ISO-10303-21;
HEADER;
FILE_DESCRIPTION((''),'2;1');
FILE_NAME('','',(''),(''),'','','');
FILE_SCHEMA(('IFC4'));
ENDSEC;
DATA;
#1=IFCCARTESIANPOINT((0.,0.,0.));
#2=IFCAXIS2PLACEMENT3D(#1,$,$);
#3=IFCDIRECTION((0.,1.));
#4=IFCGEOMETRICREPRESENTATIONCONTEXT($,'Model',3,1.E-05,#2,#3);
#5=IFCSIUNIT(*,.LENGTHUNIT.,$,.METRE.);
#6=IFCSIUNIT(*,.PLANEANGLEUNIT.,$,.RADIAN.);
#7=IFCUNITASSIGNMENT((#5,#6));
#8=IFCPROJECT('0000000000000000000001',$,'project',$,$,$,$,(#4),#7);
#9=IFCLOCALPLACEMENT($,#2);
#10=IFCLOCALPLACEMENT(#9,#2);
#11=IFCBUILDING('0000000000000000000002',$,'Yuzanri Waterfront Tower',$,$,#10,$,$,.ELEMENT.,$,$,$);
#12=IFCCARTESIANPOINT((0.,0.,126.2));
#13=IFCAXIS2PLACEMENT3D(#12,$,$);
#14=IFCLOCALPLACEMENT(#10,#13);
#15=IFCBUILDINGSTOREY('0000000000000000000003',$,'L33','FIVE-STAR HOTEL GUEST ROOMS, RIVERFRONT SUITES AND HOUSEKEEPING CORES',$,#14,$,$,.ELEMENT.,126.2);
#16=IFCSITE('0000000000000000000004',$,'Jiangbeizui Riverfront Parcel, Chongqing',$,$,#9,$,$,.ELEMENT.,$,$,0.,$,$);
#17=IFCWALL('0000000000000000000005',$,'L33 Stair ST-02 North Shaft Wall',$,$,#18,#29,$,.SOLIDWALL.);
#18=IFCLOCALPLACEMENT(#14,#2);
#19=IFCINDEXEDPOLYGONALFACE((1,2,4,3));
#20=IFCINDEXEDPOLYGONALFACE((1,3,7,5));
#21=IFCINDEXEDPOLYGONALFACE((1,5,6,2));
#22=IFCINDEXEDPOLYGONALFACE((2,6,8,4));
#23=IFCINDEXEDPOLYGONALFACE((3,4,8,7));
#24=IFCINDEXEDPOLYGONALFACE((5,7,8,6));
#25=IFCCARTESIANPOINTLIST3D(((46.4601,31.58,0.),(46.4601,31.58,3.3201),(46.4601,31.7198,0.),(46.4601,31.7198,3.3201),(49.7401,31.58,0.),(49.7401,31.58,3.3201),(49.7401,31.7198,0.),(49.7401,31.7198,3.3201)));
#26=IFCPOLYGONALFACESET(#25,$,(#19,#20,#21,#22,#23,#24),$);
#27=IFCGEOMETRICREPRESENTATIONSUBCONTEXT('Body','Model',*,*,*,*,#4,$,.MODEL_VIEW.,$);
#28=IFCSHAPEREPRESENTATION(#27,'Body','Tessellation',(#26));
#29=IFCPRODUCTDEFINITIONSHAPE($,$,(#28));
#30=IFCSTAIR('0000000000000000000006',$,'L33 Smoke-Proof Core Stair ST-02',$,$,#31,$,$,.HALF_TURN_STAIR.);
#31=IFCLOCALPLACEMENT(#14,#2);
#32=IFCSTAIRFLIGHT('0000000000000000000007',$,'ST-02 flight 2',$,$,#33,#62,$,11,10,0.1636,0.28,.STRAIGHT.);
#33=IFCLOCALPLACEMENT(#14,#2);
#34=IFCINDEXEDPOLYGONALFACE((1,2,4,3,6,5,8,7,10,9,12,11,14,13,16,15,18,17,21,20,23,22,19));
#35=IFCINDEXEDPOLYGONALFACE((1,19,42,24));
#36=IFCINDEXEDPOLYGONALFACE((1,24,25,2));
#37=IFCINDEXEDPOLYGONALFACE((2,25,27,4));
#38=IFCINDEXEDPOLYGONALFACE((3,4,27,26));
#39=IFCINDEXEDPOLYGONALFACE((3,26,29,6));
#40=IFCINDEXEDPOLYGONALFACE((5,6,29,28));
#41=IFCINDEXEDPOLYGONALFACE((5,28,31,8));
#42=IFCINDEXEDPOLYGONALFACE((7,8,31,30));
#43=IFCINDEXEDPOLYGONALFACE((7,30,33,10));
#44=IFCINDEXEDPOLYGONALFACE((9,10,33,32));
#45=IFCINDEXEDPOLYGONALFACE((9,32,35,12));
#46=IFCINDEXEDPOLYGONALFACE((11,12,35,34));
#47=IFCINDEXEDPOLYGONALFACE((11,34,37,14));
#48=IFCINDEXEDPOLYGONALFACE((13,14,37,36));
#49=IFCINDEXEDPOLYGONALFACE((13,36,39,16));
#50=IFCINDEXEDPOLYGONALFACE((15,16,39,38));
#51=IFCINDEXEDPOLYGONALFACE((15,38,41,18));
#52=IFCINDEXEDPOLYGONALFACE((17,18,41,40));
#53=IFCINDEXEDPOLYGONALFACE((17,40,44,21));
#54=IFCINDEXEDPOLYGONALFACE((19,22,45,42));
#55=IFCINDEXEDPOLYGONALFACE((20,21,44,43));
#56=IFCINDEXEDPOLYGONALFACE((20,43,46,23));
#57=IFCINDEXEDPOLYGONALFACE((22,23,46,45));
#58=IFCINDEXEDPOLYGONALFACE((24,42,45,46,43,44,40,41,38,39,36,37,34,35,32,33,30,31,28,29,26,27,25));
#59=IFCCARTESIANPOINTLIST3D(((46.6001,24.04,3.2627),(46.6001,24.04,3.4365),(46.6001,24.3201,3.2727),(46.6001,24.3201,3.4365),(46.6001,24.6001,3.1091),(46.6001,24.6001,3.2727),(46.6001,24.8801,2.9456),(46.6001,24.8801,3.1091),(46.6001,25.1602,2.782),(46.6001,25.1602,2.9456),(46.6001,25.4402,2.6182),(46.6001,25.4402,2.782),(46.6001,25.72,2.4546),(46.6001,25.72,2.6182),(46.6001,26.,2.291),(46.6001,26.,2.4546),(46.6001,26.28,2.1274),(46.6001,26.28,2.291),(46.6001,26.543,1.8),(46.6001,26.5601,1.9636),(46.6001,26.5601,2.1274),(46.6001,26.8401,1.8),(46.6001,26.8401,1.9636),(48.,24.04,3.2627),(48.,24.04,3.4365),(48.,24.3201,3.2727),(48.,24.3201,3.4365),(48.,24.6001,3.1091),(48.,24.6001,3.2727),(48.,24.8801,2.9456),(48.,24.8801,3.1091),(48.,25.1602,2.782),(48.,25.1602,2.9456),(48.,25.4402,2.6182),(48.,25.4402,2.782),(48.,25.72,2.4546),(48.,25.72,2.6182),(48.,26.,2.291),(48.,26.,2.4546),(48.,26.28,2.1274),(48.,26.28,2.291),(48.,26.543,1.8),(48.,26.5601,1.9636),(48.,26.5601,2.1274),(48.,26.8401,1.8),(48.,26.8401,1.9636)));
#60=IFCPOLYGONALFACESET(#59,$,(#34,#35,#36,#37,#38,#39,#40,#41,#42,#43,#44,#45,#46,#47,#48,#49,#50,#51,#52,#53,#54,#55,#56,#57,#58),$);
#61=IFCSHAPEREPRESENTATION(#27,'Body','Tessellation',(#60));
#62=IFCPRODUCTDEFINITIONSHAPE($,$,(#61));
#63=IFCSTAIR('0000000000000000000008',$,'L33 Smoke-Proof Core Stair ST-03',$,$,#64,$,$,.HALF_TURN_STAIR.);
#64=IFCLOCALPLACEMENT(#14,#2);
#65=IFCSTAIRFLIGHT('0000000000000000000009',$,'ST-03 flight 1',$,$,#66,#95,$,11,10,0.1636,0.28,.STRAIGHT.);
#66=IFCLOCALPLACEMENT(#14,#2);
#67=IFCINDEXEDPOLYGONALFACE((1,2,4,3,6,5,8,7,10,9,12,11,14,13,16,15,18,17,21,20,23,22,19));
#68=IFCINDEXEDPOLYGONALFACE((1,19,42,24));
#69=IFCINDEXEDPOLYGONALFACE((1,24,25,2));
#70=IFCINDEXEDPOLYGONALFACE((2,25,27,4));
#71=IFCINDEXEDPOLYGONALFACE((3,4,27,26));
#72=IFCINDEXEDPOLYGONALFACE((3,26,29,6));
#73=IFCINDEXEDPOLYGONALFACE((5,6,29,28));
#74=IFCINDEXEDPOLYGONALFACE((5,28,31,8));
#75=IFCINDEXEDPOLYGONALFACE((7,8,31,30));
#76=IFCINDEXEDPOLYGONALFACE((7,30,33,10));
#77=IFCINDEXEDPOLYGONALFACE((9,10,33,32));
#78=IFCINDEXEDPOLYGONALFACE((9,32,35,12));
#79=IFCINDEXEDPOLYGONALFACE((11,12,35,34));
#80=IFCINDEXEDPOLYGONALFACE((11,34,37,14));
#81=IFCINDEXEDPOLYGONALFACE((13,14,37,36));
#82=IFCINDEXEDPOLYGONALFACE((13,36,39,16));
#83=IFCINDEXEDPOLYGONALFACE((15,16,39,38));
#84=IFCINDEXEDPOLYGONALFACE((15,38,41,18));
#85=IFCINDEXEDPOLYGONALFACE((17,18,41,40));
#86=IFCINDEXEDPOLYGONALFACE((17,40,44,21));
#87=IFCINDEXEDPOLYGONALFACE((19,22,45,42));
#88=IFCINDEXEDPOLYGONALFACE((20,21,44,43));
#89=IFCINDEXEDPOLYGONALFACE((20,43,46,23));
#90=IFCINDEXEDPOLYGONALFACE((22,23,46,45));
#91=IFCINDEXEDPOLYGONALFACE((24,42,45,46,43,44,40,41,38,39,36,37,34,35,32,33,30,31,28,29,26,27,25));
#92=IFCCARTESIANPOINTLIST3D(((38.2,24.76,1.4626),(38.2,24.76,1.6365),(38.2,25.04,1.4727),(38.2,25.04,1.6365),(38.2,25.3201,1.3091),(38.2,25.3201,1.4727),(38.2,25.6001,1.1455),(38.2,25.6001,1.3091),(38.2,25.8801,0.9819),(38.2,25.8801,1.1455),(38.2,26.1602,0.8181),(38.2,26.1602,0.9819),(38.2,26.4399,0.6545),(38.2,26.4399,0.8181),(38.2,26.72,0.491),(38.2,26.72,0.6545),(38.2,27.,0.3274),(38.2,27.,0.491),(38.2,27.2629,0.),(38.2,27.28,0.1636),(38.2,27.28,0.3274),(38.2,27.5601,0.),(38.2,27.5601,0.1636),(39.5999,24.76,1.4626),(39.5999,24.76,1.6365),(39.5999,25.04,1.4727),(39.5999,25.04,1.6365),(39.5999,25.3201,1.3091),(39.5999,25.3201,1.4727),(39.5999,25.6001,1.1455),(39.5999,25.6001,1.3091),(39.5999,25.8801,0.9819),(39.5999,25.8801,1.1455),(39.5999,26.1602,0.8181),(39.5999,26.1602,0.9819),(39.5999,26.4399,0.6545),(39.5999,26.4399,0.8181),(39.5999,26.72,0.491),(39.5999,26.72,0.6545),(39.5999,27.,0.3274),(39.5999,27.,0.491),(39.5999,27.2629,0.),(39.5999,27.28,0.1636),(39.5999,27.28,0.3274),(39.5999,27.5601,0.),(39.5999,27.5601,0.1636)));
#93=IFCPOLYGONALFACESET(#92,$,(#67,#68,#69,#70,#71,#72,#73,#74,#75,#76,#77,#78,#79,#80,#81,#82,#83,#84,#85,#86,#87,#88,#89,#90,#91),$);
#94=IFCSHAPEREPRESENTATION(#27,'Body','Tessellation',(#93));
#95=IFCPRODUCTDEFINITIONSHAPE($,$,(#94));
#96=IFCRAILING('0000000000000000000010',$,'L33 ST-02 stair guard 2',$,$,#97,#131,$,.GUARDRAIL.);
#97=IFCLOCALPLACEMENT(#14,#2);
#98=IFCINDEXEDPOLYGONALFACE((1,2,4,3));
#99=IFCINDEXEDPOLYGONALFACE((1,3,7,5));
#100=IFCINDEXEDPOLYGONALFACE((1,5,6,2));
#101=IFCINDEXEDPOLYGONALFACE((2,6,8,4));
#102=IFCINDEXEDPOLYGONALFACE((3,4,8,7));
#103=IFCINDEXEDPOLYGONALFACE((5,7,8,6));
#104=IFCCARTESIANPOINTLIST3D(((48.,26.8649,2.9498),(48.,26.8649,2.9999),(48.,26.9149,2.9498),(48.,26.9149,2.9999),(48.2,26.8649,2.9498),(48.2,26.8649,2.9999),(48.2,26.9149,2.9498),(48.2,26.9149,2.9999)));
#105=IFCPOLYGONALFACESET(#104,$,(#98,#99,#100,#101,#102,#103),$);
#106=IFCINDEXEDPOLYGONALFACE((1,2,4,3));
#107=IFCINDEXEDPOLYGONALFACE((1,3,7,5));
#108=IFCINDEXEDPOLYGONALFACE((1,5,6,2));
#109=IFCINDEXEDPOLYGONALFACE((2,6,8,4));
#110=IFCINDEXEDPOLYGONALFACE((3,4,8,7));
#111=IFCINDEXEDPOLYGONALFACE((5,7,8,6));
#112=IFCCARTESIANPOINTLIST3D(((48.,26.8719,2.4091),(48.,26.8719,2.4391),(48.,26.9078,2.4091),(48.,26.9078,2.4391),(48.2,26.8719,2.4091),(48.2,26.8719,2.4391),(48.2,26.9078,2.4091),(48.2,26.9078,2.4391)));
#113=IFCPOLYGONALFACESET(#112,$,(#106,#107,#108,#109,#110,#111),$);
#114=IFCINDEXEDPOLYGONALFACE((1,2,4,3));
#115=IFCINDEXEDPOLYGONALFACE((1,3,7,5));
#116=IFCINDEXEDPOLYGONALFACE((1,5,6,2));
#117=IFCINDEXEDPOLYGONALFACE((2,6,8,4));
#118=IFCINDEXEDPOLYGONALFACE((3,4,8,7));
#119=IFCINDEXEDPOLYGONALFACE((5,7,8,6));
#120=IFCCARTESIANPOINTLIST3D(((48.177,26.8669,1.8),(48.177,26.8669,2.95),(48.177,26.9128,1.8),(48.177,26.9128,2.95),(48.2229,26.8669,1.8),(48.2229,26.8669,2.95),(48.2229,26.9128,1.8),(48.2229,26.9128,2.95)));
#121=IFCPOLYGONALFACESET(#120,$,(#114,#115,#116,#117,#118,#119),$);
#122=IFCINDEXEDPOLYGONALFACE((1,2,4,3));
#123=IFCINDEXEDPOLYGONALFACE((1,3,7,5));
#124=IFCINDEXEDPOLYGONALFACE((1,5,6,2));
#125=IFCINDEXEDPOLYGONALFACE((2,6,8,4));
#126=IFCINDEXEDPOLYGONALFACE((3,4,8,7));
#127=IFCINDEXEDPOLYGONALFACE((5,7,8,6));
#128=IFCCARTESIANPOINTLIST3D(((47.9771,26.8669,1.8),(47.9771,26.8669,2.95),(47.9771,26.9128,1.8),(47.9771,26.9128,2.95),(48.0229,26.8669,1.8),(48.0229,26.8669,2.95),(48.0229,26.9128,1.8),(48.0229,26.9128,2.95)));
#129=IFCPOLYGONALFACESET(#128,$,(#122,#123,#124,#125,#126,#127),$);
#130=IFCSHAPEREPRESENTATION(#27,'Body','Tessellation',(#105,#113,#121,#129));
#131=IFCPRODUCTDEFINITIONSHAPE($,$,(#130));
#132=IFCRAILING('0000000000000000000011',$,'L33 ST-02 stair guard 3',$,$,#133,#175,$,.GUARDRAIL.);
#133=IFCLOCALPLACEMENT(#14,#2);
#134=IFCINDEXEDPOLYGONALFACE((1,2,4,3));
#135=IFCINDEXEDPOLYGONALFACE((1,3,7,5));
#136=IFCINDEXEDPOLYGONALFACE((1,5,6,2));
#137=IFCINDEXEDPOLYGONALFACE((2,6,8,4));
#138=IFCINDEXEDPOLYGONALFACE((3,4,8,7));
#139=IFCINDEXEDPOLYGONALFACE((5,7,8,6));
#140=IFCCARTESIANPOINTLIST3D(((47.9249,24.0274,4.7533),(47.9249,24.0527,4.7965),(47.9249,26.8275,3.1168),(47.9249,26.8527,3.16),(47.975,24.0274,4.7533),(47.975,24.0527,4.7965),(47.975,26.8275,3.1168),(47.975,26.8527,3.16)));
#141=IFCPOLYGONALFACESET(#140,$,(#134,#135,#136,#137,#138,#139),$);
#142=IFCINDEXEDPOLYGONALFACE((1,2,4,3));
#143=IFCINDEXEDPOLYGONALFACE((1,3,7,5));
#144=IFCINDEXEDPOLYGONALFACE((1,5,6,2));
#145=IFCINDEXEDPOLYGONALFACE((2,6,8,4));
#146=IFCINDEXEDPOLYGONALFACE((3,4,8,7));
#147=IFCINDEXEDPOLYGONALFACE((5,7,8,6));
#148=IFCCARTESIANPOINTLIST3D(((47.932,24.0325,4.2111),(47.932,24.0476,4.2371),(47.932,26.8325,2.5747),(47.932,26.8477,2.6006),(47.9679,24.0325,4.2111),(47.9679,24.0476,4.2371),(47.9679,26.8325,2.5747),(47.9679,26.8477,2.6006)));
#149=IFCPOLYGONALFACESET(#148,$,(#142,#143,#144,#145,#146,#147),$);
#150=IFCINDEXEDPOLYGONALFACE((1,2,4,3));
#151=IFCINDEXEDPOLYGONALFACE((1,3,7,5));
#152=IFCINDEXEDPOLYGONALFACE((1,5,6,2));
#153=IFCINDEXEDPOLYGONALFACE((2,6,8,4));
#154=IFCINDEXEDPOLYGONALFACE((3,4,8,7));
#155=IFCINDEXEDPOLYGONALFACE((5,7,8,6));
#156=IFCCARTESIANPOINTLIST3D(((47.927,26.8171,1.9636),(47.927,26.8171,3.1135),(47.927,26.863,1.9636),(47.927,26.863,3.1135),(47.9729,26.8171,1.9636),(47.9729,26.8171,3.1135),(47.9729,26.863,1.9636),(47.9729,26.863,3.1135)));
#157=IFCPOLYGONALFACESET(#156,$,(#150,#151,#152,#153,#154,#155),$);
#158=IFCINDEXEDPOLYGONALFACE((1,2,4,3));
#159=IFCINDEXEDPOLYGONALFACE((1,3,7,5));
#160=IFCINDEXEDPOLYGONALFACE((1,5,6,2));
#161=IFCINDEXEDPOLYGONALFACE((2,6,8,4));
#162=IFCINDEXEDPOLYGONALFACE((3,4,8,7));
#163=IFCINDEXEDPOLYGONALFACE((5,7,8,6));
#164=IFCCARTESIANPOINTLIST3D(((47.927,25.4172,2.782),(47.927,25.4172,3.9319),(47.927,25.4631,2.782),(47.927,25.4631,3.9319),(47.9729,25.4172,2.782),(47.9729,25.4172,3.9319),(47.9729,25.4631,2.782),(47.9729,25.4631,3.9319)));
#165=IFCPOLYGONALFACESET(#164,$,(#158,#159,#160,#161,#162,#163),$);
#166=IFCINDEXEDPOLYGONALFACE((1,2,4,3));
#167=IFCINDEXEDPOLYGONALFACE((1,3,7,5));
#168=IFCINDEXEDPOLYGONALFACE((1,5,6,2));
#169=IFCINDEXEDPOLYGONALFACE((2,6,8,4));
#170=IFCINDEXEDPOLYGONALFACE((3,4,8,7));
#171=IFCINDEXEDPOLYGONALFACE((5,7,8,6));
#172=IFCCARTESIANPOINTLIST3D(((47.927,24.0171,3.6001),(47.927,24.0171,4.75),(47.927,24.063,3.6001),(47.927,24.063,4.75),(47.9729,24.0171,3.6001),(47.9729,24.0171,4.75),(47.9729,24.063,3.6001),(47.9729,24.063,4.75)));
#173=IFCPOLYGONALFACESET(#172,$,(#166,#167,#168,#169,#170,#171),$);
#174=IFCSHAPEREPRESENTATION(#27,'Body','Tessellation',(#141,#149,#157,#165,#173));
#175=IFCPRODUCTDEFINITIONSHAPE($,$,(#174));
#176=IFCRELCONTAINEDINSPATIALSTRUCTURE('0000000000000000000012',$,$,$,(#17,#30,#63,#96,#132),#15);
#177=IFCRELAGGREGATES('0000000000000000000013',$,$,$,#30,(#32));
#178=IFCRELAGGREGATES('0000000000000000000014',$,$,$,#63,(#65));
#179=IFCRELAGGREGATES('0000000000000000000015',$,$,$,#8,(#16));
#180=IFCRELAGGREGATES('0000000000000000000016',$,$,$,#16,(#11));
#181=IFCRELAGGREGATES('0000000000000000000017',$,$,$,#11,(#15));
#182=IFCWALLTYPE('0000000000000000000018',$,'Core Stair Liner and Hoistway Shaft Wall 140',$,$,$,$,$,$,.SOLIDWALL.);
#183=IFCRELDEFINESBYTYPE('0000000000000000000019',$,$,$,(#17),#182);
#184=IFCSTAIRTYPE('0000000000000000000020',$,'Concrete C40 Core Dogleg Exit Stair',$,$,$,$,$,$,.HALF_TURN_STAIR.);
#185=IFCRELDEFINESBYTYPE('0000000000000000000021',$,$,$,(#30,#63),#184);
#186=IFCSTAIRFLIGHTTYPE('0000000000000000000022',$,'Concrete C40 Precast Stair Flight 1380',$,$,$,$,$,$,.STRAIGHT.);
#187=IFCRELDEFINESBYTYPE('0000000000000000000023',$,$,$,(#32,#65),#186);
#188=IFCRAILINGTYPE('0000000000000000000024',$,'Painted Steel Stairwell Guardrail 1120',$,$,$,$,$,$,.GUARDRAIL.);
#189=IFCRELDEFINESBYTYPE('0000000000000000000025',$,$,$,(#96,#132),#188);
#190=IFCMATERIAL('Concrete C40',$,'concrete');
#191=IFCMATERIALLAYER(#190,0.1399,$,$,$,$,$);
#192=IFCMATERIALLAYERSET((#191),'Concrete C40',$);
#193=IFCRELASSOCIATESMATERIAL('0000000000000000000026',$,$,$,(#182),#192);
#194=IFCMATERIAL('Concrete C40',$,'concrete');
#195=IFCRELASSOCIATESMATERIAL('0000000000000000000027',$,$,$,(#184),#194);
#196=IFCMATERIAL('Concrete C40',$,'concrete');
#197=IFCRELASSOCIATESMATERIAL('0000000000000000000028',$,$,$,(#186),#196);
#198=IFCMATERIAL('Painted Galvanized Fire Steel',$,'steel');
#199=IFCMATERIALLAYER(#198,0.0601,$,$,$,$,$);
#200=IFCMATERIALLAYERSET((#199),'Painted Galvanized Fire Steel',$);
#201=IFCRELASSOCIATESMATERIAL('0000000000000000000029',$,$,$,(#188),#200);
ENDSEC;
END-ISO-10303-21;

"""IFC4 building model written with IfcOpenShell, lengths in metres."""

from ifc_helpers import new_model, si_unit, direction, frame, frame_2d, origin, origin_2d, place, context, subcontext, project, spatial, polyline, rectangle, outline, extrude, source, transform, mapped, material, layer, layer_set, type_object, element, aggregate, save


model = new_model("IFC4")

# Units and contexts
model_context = context("Model", 3, precision=1e-05, world=origin(), true_north=direction((0.0, 1.0)))
body_context = subcontext(model_context, "Body", "Model", "MODEL_VIEW")
ifc_project = project(units=[si_unit("LENGTHUNIT", "METRE"), si_unit("PLANEANGLEUNIT", "RADIAN")], contexts=[model_context])

# Site, building, storey
site_placement = place(None, origin())
site = spatial("IfcSite", under=ifc_project, at=site_placement, Name="Jiangbeizui Riverfront Parcel, Chongqing", CompositionType="ELEMENT", RefElevation=0.0)
building_placement = place(site_placement, origin())
building = spatial("IfcBuilding", under=site, at=building_placement, Name="Yuzanri Waterfront Tower", CompositionType="ELEMENT")
storey_placement = place(building_placement, frame((0.0, 0.0, 126.2)))
storey = spatial("IfcBuildingStorey", under=building, at=storey_placement, Name="L33", Description="FIVE-STAR HOTEL GUEST ROOMS, RIVERFRONT SUITES AND HOUSEKEEPING CORES", CompositionType="ELEMENT", Elevation=126.2)

# Shared definitions
ifc_material_1 = material(Name="Concrete C40", Category="concrete")
ifc_layer_1 = layer(ifc_material_1, 0.1399)
ifc_layer_set_1 = layer_set([ifc_layer_1], Name="Concrete C40")
wall_type = type_object("IfcWallType", Name="Core Stair Liner and Hoistway Shaft Wall 140", PredefinedType="SOLIDWALL", material=ifc_layer_set_1)

# Wall
shared_shape_1 = source(origin(), body_context, "Body", "SweptSolid", [
    extrude(rectangle(XDim=3.28, YDim=0.1399, at=frame_2d((1.6401, 0.0))), origin(), (0.0, 0.0, 1.0), 3.3201),
])
wall_1_placement = place(storey_placement, frame((46.46, 31.6499, 0.0), z_axis=(0.0, 0.0, 1.0), x_axis=(1.0, 0.0, 0.0)))
element("IfcWall", 1, at=wall_1_placement, inside=storey, type_object=wall_type, Name="L33 Stair ST-02 North Shaft Wall", PredefinedType="SOLIDWALL", context=body_context, shape_type="MappedRepresentation", body=[
    mapped(shared_shape_1, transform((0.0, 0.0, 0.0), scale=1.0)),
])

# Stairs, stair flights
ifc_material_2 = material(Name="Concrete C40", Category="concrete")
stair_type = type_object("IfcStairType", Name="Concrete C40 Core Dogleg Exit Stair", PredefinedType="HALF_TURN_STAIR", material=ifc_material_2)
stair_1_placement = place(storey_placement, origin())
stair_1 = element("IfcStair", 2, at=stair_1_placement, inside=storey, type_object=stair_type, Name="L33 Smoke-Proof Core Stair ST-02", PredefinedType="HALF_TURN_STAIR")
ifc_material_3 = material(Name="Concrete C40", Category="concrete")
stair_flight_type = type_object("IfcStairFlightType", Name="Concrete C40 Precast Stair Flight 1380", PredefinedType="STRAIGHT", material=ifc_material_3)
shared_shape_2 = source(origin(), body_context, "Body", "SweptSolid", [
    extrude(outline(polyline([(0.0, 0.0), (0.0, 0.1636), (0.28, 0.1636), (0.28, 0.3274), (0.5601, 0.3274), (0.5601, 0.491), (0.8401, 0.491), (0.8401, 0.6545), (1.1201, 0.6545), (1.1201, 0.8181), (1.3999, 0.8181), (1.3999, 0.9819), (1.6799, 0.9819), (1.6799, 1.1455), (1.96, 1.1455), (1.96, 1.3091), (2.24, 1.3091), (2.24, 1.4727), (2.52, 1.4727), (2.52, 1.6365), (2.8, 1.6365), (2.8, 1.8), (2.8, 1.4626), (0.2971, 0.0), (0.0, 0.0)])), frame((0.0, 0.7, 0.0), z_axis=(0.0, -1.0, 0.0), x_axis=(1.0, 0.0, 0.0)), (0.0, 0.0, 1.0), 1.3999),
])
stair_flight_1_placement = place(storey_placement, frame((47.3, 26.8401, 1.8), z_axis=(0.0, 0.0, 1.0), x_axis=(0.0, -1.0, 0.0)))
stair_flight_1 = element("IfcStairFlight", 3, at=stair_flight_1_placement, type_object=stair_flight_type, Name="ST-02 flight 2", NumberOfRisers=11, NumberOfTreads=10, PredefinedType="STRAIGHT", RiserHeight=0.1636, TreadLength=0.28, context=body_context, shape_type="MappedRepresentation", body=[
    mapped(shared_shape_2, transform((0.0, 0.0, 0.0), scale=1.0)),
])
aggregate(stair_1, [stair_flight_1])
stair_2_placement = place(storey_placement, origin())
stair_2 = element("IfcStair", 4, at=stair_2_placement, inside=storey, type_object=stair_type, Name="L33 Smoke-Proof Core Stair ST-03", PredefinedType="HALF_TURN_STAIR")
stair_flight_2_placement = place(storey_placement, frame((38.8999, 27.5601, 0.0), z_axis=(0.0, 0.0, 1.0), x_axis=(0.0, -1.0, 0.0)))
stair_flight_2 = element("IfcStairFlight", 5, at=stair_flight_2_placement, type_object=stair_flight_type, Name="ST-03 flight 1", NumberOfRisers=11, NumberOfTreads=10, PredefinedType="STRAIGHT", RiserHeight=0.1636, TreadLength=0.28, context=body_context, shape_type="MappedRepresentation", body=[
    mapped(shared_shape_2, transform((0.0, 0.0, 0.0), scale=1.0)),
])
aggregate(stair_2, [stair_flight_2])

# Railings
ifc_material_4 = material(Name="Painted Galvanized Fire Steel", Category="steel")
ifc_layer_2 = layer(ifc_material_4, 0.0601)
ifc_layer_set_2 = layer_set([ifc_layer_2], Name="Painted Galvanized Fire Steel")
railing_type_1 = type_object("IfcRailingType", Name="Painted Steel Stairwell Guardrail 1120", PredefinedType="GUARDRAIL", material=ifc_layer_set_2)
shared_shape_3 = source(origin(), body_context, "Body", "SweptSolid", [
    extrude(rectangle(XDim=0.05, YDim=0.05, at=origin_2d()), frame((0.0, 0.0, 1.1748), z_axis=(-1.0, 0.0, 0.0), x_axis=(0.0, -1.0, 0.0)), (0.0, 0.0, 1.0), 0.2),
    extrude(rectangle(XDim=0.0359, YDim=0.03, at=origin_2d()), frame((0.0, 0.0, 0.624), z_axis=(-1.0, 0.0, 0.0), x_axis=(0.0, -1.0, 0.0)), (0.0, 0.0, 1.0), 0.2),
    extrude(rectangle(XDim=0.0459, YDim=0.0459, at=origin_2d()), origin(), (0.0, 0.0, 1.0), 1.1499),
    extrude(rectangle(XDim=0.0459, YDim=0.0459, at=origin_2d()), frame((-0.2, 0.0, 0.0)), (0.0, 0.0, 1.0), 1.1499),
])
railing_1_placement = place(storey_placement, frame((48.2, 26.8899, 1.8)))
element("IfcRailing", 6, at=railing_1_placement, inside=storey, type_object=railing_type_1, Name="L33 ST-02 stair guard 2", PredefinedType="GUARDRAIL", context=body_context, shape_type="MappedRepresentation", body=[
    mapped(shared_shape_3, transform((0.0, 0.0, 0.0), scale=1.0)),
])
shared_shape_4 = source(origin(), body_context, "Body", "SweptSolid", [
    extrude(rectangle(XDim=0.05, YDim=0.05, at=origin_2d()), frame((0.0, 0.0, 1.1748), z_axis=(0.0, -0.863361, 0.504587), x_axis=(1.0, 0.0, 0.0)), (0.0, 0.0, 1.0), 3.2432),
    extrude(rectangle(XDim=0.0359, YDim=0.03, at=origin_2d()), frame((0.0, 0.0, 0.624), z_axis=(0.0, -0.863361, 0.504587), x_axis=(1.0, 0.0, 0.0)), (0.0, 0.0, 1.0), 3.2432),
    extrude(rectangle(XDim=0.0459, YDim=0.0459, at=origin_2d()), origin(), (0.0, 0.0, 1.0), 1.1499),
    extrude(rectangle(XDim=0.0459, YDim=0.0459, at=origin_2d()), frame((0.0, -1.3999, 0.8184)), (0.0, 0.0, 1.0), 1.1499),
    extrude(rectangle(XDim=0.0459, YDim=0.0459, at=origin_2d()), frame((0.0, -2.8, 1.6365)), (0.0, 0.0, 1.0), 1.1499),
])
for number, where, name in (
    (7, (47.95, 26.8401, 1.9636), "L33 ST-02 stair guard 3"),
):
    element("IfcRailing", number, at=place(storey_placement, frame(where)), inside=storey, type_object=railing_type_1, Name=name, PredefinedType="GUARDRAIL", context=body_context, shape_type="MappedRepresentation", body=[
        mapped(shared_shape_4, transform((0.0, 0.0, 0.0), scale=1.0)),
    ])

save(model, "model.ifc")
